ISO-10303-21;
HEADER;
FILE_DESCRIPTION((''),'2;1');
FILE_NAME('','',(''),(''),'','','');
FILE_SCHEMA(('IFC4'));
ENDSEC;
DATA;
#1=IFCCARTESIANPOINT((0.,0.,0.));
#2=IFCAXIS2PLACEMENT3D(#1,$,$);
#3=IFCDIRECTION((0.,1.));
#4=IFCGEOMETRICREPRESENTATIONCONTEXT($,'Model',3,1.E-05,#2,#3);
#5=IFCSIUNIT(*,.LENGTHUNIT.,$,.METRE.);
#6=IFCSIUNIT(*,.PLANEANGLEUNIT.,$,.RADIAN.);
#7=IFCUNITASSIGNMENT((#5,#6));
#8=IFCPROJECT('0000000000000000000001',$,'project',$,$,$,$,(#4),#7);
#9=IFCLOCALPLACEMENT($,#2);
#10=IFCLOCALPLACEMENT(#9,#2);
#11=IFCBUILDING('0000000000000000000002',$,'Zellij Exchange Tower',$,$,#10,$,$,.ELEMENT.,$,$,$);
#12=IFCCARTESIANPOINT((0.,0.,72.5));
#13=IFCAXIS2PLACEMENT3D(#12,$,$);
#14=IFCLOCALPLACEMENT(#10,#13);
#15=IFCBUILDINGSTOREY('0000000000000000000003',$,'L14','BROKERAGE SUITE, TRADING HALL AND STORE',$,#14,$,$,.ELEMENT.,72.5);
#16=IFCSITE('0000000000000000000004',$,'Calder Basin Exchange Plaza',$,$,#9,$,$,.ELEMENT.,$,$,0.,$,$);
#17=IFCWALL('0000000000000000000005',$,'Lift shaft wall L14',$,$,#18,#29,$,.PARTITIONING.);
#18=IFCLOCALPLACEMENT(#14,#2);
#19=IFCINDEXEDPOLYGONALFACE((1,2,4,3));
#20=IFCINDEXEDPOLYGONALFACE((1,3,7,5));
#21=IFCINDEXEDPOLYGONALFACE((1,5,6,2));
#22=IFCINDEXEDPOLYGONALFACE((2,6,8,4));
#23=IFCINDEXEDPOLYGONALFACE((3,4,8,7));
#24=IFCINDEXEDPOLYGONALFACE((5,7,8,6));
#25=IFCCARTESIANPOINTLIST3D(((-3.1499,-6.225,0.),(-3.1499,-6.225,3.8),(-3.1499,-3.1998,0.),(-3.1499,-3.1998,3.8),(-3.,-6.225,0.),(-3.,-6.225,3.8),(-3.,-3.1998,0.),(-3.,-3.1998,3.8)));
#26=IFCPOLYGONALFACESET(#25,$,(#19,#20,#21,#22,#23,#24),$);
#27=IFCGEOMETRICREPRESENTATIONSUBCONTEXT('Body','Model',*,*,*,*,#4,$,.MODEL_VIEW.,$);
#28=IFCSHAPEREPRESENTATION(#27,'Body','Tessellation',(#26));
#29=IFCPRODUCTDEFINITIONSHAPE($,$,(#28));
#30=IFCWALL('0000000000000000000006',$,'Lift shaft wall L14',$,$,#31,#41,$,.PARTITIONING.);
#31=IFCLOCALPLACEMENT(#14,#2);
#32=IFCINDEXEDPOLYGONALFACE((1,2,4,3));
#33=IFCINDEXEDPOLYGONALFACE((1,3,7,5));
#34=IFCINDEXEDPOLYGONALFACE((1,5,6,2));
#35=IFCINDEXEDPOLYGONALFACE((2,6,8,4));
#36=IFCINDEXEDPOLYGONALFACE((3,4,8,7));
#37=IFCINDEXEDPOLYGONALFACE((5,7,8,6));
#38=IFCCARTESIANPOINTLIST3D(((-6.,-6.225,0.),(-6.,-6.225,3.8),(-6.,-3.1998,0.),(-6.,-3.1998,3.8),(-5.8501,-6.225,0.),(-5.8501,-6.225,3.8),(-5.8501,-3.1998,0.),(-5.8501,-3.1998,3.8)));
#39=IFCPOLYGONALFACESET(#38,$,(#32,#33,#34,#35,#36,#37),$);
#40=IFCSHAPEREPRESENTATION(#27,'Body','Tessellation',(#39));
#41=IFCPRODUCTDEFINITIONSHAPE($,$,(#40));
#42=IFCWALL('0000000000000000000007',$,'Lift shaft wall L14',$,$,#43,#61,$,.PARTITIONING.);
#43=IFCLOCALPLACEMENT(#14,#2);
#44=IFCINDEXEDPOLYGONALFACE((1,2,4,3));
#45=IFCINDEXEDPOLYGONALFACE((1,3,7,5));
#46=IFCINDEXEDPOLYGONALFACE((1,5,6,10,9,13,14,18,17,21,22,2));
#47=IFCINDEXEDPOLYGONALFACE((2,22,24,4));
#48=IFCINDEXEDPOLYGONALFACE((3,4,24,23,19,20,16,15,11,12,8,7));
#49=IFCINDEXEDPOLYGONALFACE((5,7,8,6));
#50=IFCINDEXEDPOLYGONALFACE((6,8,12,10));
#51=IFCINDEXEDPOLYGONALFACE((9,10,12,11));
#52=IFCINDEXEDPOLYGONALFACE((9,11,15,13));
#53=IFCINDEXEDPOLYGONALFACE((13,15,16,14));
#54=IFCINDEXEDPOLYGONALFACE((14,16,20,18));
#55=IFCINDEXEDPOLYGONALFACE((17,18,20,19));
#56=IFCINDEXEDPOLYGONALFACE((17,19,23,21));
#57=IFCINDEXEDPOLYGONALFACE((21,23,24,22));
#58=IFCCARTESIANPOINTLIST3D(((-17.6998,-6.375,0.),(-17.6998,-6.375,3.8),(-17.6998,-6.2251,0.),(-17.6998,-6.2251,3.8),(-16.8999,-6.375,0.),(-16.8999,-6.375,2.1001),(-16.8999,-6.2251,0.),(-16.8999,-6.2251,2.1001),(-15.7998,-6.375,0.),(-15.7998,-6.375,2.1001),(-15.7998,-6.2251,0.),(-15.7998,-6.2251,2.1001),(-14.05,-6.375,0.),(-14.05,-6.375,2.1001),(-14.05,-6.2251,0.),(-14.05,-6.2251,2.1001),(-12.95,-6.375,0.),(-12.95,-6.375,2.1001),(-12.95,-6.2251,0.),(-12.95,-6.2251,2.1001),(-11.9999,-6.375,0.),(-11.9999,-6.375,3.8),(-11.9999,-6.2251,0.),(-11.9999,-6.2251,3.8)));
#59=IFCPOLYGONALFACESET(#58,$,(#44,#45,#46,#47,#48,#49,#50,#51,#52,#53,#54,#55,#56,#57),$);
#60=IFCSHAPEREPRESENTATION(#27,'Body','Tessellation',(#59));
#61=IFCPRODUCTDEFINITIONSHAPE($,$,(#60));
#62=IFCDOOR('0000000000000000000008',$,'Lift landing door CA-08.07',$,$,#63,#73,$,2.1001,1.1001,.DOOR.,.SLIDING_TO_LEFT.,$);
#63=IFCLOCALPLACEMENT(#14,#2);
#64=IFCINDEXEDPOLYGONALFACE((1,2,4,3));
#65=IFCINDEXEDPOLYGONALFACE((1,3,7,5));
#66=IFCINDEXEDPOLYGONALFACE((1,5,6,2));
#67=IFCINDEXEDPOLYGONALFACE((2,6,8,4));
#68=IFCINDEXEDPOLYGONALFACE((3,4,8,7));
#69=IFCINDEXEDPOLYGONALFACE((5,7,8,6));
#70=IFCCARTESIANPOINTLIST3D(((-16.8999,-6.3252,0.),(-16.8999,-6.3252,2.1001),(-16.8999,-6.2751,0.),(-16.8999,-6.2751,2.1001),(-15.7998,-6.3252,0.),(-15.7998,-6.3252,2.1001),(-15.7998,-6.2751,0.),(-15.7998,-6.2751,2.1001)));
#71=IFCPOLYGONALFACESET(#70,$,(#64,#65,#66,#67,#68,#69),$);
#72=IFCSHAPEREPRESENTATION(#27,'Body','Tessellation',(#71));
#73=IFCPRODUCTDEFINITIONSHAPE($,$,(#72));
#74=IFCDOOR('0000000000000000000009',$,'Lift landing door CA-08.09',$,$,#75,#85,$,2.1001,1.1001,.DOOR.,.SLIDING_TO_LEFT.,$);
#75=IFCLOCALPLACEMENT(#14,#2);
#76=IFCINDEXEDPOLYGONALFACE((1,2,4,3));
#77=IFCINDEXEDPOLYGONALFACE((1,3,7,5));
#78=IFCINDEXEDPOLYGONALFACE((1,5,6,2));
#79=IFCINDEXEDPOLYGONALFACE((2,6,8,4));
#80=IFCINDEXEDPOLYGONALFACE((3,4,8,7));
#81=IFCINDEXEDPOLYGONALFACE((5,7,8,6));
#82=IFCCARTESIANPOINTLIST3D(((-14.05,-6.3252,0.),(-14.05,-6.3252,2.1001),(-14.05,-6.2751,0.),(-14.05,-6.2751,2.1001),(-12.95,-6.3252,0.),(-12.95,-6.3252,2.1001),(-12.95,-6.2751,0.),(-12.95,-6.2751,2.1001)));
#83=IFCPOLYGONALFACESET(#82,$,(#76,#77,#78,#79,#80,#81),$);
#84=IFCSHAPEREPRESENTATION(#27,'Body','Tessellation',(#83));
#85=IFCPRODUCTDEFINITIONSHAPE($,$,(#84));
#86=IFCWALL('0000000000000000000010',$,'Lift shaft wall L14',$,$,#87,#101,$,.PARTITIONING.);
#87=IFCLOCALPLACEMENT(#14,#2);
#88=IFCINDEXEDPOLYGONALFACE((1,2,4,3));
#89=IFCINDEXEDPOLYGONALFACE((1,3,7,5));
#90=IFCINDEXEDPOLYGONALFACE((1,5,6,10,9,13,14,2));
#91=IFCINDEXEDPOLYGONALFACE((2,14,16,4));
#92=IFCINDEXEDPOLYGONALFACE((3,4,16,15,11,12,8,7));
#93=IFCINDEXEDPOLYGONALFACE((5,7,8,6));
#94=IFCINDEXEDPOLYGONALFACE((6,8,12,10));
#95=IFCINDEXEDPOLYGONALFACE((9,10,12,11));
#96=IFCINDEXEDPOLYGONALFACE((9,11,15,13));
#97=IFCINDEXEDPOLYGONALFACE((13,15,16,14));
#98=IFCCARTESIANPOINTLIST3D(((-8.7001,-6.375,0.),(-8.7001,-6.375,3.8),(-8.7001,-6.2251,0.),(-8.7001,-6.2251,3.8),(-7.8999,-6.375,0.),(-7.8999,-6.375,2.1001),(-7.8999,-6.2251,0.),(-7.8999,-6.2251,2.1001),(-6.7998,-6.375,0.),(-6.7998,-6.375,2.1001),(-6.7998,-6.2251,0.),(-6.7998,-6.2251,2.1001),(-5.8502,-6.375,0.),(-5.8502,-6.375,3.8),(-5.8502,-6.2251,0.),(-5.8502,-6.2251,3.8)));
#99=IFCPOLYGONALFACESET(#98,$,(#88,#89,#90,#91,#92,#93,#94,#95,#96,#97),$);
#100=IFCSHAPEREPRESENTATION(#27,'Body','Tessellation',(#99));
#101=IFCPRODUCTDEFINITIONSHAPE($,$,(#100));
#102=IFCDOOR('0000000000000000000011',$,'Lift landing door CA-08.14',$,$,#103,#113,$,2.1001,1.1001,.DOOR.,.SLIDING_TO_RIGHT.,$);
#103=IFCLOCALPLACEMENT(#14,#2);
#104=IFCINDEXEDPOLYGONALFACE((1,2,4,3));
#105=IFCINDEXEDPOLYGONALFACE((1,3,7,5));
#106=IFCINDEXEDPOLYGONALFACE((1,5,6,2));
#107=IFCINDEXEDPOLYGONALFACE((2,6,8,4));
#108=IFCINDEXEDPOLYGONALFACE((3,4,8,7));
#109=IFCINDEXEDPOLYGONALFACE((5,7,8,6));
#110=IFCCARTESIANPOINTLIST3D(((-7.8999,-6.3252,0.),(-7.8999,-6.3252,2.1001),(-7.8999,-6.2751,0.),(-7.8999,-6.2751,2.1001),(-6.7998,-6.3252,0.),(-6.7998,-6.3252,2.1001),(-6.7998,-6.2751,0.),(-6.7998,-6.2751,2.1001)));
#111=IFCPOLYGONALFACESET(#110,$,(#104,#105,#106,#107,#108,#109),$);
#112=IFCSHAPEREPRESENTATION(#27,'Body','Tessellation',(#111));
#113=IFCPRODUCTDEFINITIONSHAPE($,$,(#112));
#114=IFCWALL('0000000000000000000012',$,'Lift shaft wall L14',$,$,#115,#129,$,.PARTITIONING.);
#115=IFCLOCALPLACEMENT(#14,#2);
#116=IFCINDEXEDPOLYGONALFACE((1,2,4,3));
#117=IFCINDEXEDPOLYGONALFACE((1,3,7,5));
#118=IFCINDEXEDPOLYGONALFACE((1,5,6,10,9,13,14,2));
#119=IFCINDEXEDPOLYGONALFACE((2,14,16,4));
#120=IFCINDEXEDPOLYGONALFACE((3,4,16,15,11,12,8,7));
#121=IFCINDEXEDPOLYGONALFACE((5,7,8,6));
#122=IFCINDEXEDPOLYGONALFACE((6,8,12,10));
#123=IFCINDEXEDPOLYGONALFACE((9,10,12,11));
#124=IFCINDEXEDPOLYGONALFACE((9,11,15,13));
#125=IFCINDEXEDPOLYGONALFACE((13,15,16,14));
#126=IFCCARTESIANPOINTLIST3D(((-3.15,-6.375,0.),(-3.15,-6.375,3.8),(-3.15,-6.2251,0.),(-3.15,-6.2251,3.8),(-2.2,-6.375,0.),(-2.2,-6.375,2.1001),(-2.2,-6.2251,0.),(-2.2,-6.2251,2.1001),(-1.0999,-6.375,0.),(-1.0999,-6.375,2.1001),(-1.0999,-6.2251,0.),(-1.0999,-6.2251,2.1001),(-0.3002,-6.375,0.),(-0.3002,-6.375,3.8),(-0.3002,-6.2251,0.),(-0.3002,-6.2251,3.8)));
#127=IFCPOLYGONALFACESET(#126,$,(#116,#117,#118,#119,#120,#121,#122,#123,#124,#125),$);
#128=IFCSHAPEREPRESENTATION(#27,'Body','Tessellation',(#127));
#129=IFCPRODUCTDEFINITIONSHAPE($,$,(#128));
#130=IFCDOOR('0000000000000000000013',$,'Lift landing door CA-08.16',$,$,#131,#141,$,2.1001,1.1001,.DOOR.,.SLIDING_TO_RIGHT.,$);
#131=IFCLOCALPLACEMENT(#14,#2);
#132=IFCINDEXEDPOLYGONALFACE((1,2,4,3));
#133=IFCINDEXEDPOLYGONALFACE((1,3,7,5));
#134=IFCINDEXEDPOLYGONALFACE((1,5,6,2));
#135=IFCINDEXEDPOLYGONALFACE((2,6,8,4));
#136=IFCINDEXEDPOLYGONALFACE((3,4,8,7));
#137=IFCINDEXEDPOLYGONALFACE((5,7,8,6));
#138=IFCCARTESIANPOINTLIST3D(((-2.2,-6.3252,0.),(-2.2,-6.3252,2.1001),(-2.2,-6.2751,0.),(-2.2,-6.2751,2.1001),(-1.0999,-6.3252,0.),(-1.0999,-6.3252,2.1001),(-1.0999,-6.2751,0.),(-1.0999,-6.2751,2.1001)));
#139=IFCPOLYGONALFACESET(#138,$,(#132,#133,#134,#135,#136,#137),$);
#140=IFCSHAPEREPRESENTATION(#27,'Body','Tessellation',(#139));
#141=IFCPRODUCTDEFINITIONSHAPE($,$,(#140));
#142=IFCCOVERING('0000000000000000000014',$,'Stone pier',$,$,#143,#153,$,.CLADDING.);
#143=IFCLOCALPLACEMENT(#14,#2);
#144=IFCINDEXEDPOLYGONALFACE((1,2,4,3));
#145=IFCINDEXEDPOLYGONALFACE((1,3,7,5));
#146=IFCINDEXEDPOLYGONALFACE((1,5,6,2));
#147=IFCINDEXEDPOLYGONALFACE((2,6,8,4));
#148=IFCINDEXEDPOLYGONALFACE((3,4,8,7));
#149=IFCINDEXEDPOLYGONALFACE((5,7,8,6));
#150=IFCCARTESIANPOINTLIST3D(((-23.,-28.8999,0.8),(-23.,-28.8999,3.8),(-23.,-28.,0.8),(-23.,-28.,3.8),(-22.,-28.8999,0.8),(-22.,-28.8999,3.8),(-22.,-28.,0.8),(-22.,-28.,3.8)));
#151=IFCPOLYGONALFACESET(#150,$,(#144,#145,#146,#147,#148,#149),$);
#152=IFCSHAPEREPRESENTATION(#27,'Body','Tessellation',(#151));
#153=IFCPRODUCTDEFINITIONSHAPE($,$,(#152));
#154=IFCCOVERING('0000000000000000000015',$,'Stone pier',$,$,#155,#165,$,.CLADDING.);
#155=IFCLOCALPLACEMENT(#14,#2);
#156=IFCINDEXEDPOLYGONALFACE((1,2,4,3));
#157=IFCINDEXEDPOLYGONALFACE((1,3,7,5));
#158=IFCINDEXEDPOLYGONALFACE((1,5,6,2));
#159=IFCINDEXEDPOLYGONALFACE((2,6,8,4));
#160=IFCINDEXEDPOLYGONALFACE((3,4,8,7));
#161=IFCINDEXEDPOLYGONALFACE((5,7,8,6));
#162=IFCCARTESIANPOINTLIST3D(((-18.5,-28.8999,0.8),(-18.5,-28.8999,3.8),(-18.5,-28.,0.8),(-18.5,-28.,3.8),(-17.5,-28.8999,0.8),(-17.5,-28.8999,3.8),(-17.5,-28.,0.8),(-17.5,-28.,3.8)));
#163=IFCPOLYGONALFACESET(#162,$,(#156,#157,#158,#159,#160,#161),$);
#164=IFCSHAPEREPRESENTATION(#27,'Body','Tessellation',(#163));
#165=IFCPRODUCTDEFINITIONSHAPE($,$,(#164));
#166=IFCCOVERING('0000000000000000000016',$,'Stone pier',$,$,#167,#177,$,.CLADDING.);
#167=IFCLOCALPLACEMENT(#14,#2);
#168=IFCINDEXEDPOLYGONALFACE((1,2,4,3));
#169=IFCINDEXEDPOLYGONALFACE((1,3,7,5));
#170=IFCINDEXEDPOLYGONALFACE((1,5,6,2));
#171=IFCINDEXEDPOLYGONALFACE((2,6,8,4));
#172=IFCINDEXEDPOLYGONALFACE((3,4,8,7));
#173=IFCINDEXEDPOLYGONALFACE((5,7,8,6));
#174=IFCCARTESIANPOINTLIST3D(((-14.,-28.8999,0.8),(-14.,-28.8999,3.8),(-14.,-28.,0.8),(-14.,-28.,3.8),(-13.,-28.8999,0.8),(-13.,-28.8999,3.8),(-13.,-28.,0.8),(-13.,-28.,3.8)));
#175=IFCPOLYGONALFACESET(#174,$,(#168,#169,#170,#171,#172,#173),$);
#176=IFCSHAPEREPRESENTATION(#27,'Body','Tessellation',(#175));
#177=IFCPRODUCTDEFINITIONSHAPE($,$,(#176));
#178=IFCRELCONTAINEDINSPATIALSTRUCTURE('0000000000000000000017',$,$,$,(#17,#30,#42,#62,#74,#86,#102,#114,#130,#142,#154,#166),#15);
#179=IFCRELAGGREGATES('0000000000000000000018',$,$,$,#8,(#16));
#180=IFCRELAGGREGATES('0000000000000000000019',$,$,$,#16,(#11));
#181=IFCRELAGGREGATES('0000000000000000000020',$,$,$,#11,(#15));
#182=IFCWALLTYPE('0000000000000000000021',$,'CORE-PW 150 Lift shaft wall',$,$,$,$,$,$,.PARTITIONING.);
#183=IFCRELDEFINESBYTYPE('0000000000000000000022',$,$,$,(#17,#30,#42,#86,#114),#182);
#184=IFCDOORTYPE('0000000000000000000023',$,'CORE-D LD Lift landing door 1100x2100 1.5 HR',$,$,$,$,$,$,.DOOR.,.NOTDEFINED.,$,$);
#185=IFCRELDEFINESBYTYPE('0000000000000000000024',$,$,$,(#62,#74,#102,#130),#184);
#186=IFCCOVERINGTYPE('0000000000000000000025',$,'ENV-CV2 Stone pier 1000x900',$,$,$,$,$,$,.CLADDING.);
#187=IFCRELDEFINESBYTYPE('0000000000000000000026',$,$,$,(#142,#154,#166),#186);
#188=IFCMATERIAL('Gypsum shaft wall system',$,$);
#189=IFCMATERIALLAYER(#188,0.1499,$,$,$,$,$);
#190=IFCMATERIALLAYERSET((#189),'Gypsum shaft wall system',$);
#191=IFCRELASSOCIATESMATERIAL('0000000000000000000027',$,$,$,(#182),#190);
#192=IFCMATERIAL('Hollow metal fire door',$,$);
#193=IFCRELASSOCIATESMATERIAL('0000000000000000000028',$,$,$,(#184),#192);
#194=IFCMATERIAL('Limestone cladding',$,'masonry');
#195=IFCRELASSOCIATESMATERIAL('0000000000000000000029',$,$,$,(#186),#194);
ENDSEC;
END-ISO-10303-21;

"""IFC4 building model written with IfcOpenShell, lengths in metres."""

from ifc_helpers import new_model, si_unit, direction, frame, frame_2d, origin, place, context, subcontext, project, spatial, polyline, rectangle, outline, extrude, material, layer, layer_set, type_object, element, fill, save


model = new_model("IFC4")

# Units and contexts
model_context = context("Model", 3, precision=1e-05, world=origin(), true_north=direction((0.0, 1.0)))
body_context = subcontext(model_context, "Body", "Model", "MODEL_VIEW")
ifc_project = project(units=[si_unit("LENGTHUNIT", "METRE"), si_unit("PLANEANGLEUNIT", "RADIAN")], contexts=[model_context])

# Site, building, storey
site_placement = place(None, origin())
site = spatial("IfcSite", under=ifc_project, at=site_placement, Name="Calder Basin Exchange Plaza", CompositionType="ELEMENT", RefElevation=0.0)
building_placement = place(site_placement, origin())
building = spatial("IfcBuilding", under=site, at=building_placement, Name="Zellij Exchange Tower", CompositionType="ELEMENT")
storey_placement = place(building_placement, frame((0.0, 0.0, 72.5)))
storey = spatial("IfcBuildingStorey", under=building, at=storey_placement, Name="L14", Description="BROKERAGE SUITE, TRADING HALL AND STORE", CompositionType="ELEMENT", Elevation=72.5)

# Walls
ifc_material_1 = material(Name="Gypsum shaft wall system")
ifc_layer_1 = layer(ifc_material_1, 0.1499)
ifc_layer_set_1 = layer_set([ifc_layer_1], Name="Gypsum shaft wall system")
wall_type_1 = type_object("IfcWallType", Name="CORE-PW 150 Lift shaft wall", PredefinedType="PARTITIONING", material=ifc_layer_set_1)
for number, where, z_axis, x_axis, name in (
    (1, (-3.075, -6.2251, 0.0), (0.0, 0.0, 1.0), (0.0, 1.0, 0.0), "Lift shaft wall L14"),
    (2, (-5.925, -6.2251, 0.0), (0.0, 0.0, 1.0), (0.0, 1.0, 0.0), "Lift shaft wall L14"),
):
    element("IfcWall", number, at=place(storey_placement, frame(where, z_axis=z_axis, x_axis=x_axis)), inside=storey, type_object=wall_type_1, Name=name, PredefinedType="PARTITIONING", context=body_context, shape_type="SweptSolid", body=[
        extrude(rectangle(XDim=3.0251, YDim=0.1499, at=frame_2d((1.5127, 0.0))), origin(), (0.0, 0.0, 1.0), 3.8),
    ])

# Wall, openings, doors
wall_1_placement = place(storey_placement, frame((-17.7, -6.3, 0.0), z_axis=(0.0, 0.0, 1.0), x_axis=(1.0, 0.0, 0.0)))
wall_1 = element("IfcWall", 3, at=wall_1_placement, inside=storey, type_object=wall_type_1, Name="Lift shaft wall L14", PredefinedType="PARTITIONING", context=body_context, shape_type="SweptSolid", body=[
    extrude(rectangle(XDim=5.7, YDim=0.1499, at=frame_2d((2.8501, 0.0))), origin(), (0.0, 0.0, 1.0), 3.8),
])
opening_1_placement = place(wall_1_placement, frame((0.8, 0.0, 0.0)))
opening_1 = element("IfcOpeningElement", 4, at=opening_1_placement, cuts=wall_1, PredefinedType="OPENING", context=body_context, shape_type="SweptSolid", body=[
    extrude(rectangle(XDim=1.1001, YDim=2.1001, at=frame_2d((0.55, 1.05))), frame((0.0, 0.0869, 0.0), z_axis=(0.0, -1.0, 0.0), x_axis=(1.0, 0.0, 0.0)), (0.0, 0.0, 1.0), 0.1738),
])
opening_2_placement = place(wall_1_placement, frame((3.6499, 0.0, 0.0)))
opening_2 = element("IfcOpeningElement", 5, at=opening_2_placement, cuts=wall_1, PredefinedType="OPENING", context=body_context, shape_type="SweptSolid", body=[
    extrude(rectangle(XDim=1.1001, YDim=2.1001, at=frame_2d((0.55, 1.05))), frame((0.0, 0.0869, 0.0), z_axis=(0.0, -1.0, 0.0), x_axis=(1.0, 0.0, 0.0)), (0.0, 0.0, 1.0), 0.1738),
])
ifc_material_2 = material(Name="Hollow metal fire door")
door_type = type_object("IfcDoorType", Name="CORE-D LD Lift landing door 1100x2100 1.5 HR", OperationType="NOTDEFINED", PredefinedType="DOOR", material=ifc_material_2)
door_1_placement = place(opening_1_placement, origin())
door_1 = element("IfcDoor", 6, at=door_1_placement, inside=storey, type_object=door_type, Name="Lift landing door CA-08.07", OperationType="SLIDING_TO_LEFT", OverallHeight=2.1001, OverallWidth=1.1001, PredefinedType="DOOR", context=body_context, shape_type="SweptSolid", body=[
    extrude(rectangle(XDim=1.1001, YDim=2.1001, at=frame_2d((0.55, 1.05))), frame((0.0, 0.0249, 0.0), z_axis=(0.0, -1.0, 0.0), x_axis=(1.0, 0.0, 0.0)), (0.0, 0.0, 1.0), 0.05),
])
fill(opening_1, door_1)
door_2_placement = place(opening_2_placement, origin())
door_2 = element("IfcDoor", 7, at=door_2_placement, inside=storey, type_object=door_type, Name="Lift landing door CA-08.09", OperationType="SLIDING_TO_LEFT", OverallHeight=2.1001, OverallWidth=1.1001, PredefinedType="DOOR", context=body_context, shape_type="SweptSolid", body=[
    extrude(rectangle(XDim=1.1001, YDim=2.1001, at=frame_2d((0.55, 1.05))), frame((0.0, 0.0249, 0.0), z_axis=(0.0, -1.0, 0.0), x_axis=(1.0, 0.0, 0.0)), (0.0, 0.0, 1.0), 0.05),
])
fill(opening_2, door_2)

# Walls, openings, doors
wall_2_placement = place(storey_placement, frame((-8.7, -6.3, 0.0), z_axis=(0.0, 0.0, 1.0), x_axis=(1.0, 0.0, 0.0)))
wall_2 = element("IfcWall", 8, at=wall_2_placement, inside=storey, type_object=wall_type_1, Name="Lift shaft wall L14", PredefinedType="PARTITIONING", context=body_context, shape_type="SweptSolid", body=[
    extrude(rectangle(XDim=2.8499, YDim=0.1499, at=frame_2d((1.4248, 0.0))), origin(), (0.0, 0.0, 1.0), 3.8),
])
opening_3_placement = place(wall_2_placement, frame((0.8, 0.0, 0.0)))
opening_3 = element("IfcOpeningElement", 9, at=opening_3_placement, cuts=wall_2, PredefinedType="OPENING", context=body_context, shape_type="SweptSolid", body=[
    extrude(rectangle(XDim=1.1001, YDim=2.1001, at=frame_2d((0.55, 1.05))), frame((0.0, 0.0869, 0.0), z_axis=(0.0, -1.0, 0.0), x_axis=(1.0, 0.0, 0.0)), (0.0, 0.0, 1.0), 0.1738),
])
door_3_placement = place(opening_3_placement, origin())
door_3 = element("IfcDoor", 10, at=door_3_placement, inside=storey, type_object=door_type, Name="Lift landing door CA-08.14", OperationType="SLIDING_TO_RIGHT", OverallHeight=2.1001, OverallWidth=1.1001, PredefinedType="DOOR", context=body_context, shape_type="SweptSolid", body=[
    extrude(rectangle(XDim=1.1001, YDim=2.1001, at=frame_2d((0.55, 1.05))), frame((0.0, 0.0249, 0.0), z_axis=(0.0, -1.0, 0.0), x_axis=(1.0, 0.0, 0.0)), (0.0, 0.0, 1.0), 0.05),
])
fill(opening_3, door_3)
wall_3_placement = place(storey_placement, frame((-3.1499, -6.3, 0.0), z_axis=(0.0, 0.0, 1.0), x_axis=(1.0, 0.0, 0.0)))
wall_3 = element("IfcWall", 11, at=wall_3_placement, inside=storey, type_object=wall_type_1, Name="Lift shaft wall L14", PredefinedType="PARTITIONING", context=body_context, shape_type="SweptSolid", body=[
    extrude(rectangle(XDim=2.8499, YDim=0.1499, at=frame_2d((1.4248, 0.0))), origin(), (0.0, 0.0, 1.0), 3.8),
])
opening_4_placement = place(wall_3_placement, frame((0.95, 0.0, 0.0)))
opening_4 = element("IfcOpeningElement", 12, at=opening_4_placement, cuts=wall_3, PredefinedType="OPENING", context=body_context, shape_type="SweptSolid", body=[
    extrude(rectangle(XDim=1.1001, YDim=2.1001, at=frame_2d((0.55, 1.05))), frame((0.0, 0.0869, 0.0), z_axis=(0.0, -1.0, 0.0), x_axis=(1.0, 0.0, 0.0)), (0.0, 0.0, 1.0), 0.1738),
])
door_4_placement = place(opening_4_placement, origin())
door_4 = element("IfcDoor", 13, at=door_4_placement, inside=storey, type_object=door_type, Name="Lift landing door CA-08.16", OperationType="SLIDING_TO_RIGHT", OverallHeight=2.1001, OverallWidth=1.1001, PredefinedType="DOOR", context=body_context, shape_type="SweptSolid", body=[
    extrude(rectangle(XDim=1.1001, YDim=2.1001, at=frame_2d((0.55, 1.05))), frame((0.0, 0.0249, 0.0), z_axis=(0.0, -1.0, 0.0), x_axis=(1.0, 0.0, 0.0)), (0.0, 0.0, 1.0), 0.05),
])
fill(opening_4, door_4)

# Coverings
ifc_material_3 = material(Name="Limestone cladding", Category="masonry")
covering_type = type_object("IfcCoveringType", Name="ENV-CV2 Stone pier 1000x900", PredefinedType="CLADDING", material=ifc_material_3)
covering_1_placement = place(storey_placement, frame((0.0, 0.0, 0.8)))
element("IfcCovering", 14, at=covering_1_placement, inside=storey, type_object=covering_type, Name="Stone pier", PredefinedType="CLADDING", context=body_context, shape_type="SweptSolid", body=[
    extrude(outline(polyline([(-23.0, -28.0), (-22.0, -28.0), (-22.0, -28.8999), (-23.0, -28.8999), (-23.0, -28.0)])), origin(), (0.0, 0.0, 1.0), 3.0),
])
covering_2_placement = place(storey_placement, frame((0.0, 0.0, 0.8)))
element("IfcCovering", 15, at=covering_2_placement, inside=storey, type_object=covering_type, Name="Stone pier", PredefinedType="CLADDING", context=body_context, shape_type="SweptSolid", body=[
    extrude(outline(polyline([(-18.5, -28.0), (-17.5, -28.0), (-17.5, -28.8999), (-18.5, -28.8999), (-18.5, -28.0)])), origin(), (0.0, 0.0, 1.0), 3.0),
])
covering_3_placement = place(storey_placement, frame((0.0, 0.0, 0.8)))
element("IfcCovering", 16, at=covering_3_placement, inside=storey, type_object=covering_type, Name="Stone pier", PredefinedType="CLADDING", context=body_context, shape_type="SweptSolid", body=[
    extrude(outline(polyline([(-14.0, -28.0), (-13.0, -28.0), (-13.0, -28.8999), (-14.0, -28.8999), (-14.0, -28.0)])), origin(), (0.0, 0.0, 1.0), 3.0),
])

save(model, "model.ifc")
